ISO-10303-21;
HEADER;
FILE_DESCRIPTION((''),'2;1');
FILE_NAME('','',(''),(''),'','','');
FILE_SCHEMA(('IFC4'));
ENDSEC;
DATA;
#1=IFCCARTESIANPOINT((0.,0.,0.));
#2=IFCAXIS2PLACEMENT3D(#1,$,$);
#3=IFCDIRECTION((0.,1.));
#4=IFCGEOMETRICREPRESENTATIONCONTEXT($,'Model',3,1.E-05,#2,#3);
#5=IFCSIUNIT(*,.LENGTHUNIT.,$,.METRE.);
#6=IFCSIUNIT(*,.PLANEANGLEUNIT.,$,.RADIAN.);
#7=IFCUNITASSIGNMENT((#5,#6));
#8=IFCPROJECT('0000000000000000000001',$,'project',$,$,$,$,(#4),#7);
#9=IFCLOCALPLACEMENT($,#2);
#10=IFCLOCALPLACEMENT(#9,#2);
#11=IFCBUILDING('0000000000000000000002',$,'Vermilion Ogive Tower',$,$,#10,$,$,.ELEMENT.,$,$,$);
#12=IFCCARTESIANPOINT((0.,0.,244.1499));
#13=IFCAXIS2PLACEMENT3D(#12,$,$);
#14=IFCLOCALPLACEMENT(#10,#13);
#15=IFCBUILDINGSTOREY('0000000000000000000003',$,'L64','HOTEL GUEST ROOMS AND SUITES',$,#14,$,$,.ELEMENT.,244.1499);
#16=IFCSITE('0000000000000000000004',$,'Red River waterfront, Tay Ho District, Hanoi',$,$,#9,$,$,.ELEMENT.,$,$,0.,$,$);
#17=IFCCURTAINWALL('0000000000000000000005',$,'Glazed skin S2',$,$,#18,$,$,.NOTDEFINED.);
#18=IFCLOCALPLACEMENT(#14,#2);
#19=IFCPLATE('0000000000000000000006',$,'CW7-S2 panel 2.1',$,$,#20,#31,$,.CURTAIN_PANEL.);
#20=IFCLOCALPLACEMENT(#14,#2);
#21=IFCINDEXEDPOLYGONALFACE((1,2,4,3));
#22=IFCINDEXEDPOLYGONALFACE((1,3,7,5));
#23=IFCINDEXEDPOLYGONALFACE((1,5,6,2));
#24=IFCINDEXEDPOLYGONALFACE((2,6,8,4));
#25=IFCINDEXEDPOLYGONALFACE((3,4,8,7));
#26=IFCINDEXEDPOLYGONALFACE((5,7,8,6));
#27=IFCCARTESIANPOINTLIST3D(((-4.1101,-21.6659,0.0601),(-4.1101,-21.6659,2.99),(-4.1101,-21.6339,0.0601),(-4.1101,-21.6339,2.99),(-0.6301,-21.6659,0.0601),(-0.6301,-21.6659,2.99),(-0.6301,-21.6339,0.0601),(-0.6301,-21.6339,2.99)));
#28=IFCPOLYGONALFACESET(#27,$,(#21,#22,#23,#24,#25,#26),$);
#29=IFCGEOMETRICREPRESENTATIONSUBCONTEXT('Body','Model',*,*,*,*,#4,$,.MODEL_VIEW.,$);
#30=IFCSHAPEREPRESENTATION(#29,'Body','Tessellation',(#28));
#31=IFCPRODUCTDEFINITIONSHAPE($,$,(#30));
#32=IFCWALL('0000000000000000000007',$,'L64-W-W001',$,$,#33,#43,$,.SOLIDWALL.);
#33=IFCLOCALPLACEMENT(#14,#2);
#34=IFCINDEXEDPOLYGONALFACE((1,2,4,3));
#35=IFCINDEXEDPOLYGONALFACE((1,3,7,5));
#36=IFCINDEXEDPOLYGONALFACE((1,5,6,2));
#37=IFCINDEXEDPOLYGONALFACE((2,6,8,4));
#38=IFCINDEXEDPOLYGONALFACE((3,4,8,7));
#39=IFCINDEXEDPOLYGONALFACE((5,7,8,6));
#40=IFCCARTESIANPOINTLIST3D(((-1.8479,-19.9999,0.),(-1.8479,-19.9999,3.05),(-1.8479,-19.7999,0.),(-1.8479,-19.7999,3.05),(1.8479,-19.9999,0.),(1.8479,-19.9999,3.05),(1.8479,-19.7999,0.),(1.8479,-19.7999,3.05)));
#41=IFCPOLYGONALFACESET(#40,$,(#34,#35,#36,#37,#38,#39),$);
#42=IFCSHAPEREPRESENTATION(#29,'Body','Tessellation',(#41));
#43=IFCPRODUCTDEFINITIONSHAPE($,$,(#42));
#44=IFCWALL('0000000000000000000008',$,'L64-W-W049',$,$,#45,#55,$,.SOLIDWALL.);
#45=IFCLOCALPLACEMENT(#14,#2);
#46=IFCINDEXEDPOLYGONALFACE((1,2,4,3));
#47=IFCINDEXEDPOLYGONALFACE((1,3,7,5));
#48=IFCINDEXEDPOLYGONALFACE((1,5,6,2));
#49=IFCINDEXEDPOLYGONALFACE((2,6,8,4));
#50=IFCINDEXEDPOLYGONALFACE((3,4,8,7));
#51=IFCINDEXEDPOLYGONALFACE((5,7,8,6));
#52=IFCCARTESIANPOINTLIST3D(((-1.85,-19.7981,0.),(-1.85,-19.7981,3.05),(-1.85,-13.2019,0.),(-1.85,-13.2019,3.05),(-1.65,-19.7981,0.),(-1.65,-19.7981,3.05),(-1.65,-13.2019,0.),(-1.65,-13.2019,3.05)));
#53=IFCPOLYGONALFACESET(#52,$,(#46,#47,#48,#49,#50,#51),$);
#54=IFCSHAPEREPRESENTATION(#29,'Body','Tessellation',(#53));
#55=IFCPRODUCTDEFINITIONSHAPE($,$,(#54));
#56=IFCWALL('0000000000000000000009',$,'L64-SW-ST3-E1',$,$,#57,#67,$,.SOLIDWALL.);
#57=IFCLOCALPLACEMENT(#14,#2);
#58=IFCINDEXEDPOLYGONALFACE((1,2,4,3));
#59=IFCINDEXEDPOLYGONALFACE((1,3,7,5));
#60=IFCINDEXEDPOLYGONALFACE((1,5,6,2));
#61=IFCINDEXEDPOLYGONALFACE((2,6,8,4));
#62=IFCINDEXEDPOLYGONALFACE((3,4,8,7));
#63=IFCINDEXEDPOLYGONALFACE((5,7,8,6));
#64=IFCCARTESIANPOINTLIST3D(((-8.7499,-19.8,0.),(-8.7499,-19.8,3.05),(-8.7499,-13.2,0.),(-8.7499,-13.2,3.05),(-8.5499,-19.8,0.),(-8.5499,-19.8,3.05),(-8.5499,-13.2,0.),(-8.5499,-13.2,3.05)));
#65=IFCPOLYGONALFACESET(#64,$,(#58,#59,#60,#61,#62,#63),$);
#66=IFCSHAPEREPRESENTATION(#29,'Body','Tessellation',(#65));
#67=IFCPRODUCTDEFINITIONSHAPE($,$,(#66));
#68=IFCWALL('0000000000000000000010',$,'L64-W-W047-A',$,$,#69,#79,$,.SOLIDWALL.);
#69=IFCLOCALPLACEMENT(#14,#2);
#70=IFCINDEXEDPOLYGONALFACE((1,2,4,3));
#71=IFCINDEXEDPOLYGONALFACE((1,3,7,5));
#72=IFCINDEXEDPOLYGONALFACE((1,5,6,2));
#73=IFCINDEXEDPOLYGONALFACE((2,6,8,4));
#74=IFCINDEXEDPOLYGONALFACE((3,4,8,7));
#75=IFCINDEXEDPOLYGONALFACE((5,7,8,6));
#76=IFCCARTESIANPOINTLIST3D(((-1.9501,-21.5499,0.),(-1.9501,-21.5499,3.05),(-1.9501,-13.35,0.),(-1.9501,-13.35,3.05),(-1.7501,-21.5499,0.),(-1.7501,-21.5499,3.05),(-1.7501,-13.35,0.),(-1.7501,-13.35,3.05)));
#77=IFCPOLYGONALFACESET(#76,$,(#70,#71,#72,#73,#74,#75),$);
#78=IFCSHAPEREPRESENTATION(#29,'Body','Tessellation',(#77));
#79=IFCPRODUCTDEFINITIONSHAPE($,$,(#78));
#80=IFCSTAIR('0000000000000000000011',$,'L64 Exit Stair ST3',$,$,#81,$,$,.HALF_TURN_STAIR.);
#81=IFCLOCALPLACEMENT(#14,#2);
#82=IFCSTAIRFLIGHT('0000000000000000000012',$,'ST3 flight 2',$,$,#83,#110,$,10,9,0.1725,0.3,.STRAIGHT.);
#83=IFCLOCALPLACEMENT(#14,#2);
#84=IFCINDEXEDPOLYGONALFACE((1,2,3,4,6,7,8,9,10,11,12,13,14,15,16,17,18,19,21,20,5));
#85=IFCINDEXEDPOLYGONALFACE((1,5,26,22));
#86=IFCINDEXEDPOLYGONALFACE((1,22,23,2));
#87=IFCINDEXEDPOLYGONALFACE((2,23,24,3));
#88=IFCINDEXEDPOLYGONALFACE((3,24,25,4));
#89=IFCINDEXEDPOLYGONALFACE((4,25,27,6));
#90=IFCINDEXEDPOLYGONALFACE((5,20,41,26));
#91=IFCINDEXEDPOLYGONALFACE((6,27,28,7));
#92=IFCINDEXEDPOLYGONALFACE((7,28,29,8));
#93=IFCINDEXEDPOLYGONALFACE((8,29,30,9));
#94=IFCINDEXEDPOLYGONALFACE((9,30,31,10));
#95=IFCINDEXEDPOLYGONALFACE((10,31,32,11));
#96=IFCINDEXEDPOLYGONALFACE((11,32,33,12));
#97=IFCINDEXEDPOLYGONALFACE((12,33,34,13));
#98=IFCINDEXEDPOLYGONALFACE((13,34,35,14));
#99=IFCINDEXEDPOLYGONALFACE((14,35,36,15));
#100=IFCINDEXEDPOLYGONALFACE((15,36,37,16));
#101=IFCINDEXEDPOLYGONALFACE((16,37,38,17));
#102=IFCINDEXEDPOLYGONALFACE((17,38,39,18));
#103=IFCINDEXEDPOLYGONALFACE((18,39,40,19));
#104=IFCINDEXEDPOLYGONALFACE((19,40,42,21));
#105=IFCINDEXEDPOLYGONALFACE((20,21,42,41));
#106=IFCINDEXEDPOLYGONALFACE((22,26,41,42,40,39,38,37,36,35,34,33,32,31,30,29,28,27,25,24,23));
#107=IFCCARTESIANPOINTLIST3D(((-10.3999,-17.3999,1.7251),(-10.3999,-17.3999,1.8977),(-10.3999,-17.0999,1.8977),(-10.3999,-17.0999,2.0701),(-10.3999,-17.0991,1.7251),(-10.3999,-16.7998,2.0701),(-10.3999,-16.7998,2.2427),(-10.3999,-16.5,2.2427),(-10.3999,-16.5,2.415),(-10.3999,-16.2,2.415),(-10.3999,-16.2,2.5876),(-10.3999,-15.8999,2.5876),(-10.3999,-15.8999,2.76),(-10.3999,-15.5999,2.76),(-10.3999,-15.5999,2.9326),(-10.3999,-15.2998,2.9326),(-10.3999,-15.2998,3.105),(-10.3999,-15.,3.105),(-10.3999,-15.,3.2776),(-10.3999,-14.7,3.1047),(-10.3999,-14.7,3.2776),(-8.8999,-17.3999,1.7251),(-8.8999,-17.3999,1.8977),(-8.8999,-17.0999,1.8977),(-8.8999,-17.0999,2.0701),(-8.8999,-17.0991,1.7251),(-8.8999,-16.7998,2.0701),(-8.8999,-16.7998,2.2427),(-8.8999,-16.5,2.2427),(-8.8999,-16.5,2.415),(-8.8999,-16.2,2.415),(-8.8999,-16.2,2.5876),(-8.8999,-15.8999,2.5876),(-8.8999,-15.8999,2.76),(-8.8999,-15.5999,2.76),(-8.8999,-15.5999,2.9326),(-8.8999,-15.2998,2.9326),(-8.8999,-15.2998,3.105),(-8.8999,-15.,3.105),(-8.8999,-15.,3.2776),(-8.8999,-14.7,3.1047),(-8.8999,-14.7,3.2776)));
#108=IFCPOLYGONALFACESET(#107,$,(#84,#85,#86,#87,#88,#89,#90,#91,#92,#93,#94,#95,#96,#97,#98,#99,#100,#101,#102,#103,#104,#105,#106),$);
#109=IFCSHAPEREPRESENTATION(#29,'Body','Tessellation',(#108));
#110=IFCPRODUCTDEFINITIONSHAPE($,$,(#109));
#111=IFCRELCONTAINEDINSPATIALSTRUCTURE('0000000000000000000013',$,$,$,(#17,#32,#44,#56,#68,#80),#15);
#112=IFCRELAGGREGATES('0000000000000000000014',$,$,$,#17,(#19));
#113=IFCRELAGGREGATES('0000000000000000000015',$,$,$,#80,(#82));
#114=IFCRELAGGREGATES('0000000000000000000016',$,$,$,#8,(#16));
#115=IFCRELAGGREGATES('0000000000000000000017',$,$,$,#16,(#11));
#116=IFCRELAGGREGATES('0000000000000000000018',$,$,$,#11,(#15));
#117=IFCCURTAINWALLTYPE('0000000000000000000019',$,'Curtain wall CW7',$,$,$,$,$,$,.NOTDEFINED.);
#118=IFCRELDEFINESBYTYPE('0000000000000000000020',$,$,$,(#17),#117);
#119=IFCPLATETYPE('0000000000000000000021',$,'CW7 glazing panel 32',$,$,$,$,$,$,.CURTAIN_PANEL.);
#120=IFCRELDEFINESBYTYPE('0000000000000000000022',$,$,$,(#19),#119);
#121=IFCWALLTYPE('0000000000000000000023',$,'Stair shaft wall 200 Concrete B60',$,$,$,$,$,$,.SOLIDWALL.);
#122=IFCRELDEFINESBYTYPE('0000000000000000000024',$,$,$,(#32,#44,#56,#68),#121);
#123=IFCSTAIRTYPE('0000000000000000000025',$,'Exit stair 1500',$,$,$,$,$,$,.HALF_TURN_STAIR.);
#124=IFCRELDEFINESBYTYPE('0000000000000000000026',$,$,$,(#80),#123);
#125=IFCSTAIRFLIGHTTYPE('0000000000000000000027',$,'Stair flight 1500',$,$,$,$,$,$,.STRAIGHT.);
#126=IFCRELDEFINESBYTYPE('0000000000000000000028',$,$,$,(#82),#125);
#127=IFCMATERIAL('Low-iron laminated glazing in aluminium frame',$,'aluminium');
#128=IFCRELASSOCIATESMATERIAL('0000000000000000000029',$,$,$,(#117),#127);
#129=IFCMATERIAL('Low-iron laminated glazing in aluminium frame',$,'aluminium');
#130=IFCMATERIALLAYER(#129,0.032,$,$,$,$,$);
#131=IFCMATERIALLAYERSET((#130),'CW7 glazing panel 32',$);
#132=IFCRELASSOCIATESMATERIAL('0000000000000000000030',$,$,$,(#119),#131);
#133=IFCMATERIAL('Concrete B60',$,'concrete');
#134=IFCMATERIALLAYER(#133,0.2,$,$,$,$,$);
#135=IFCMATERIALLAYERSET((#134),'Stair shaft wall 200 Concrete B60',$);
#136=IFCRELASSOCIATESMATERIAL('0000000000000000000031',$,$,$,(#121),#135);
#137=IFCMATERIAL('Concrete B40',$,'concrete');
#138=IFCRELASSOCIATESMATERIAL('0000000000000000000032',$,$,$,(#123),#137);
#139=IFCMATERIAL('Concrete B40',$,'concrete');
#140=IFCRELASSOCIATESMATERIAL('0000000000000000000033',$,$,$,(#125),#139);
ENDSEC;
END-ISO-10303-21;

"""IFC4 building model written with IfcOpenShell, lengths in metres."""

from ifc_helpers import new_model, si_unit, direction, frame, frame_2d, origin, origin_2d, place, context, subcontext, project, spatial, polyline, rectangle, outline, extrude, material, layer, layer_set, type_object, element, aggregate, save


model = new_model("IFC4")

# Units and contexts
model_context = context("Model", 3, precision=1e-05, world=origin(), true_north=direction((0.0, 1.0)))
body_context = subcontext(model_context, "Body", "Model", "MODEL_VIEW")
ifc_project = project(units=[si_unit("LENGTHUNIT", "METRE"), si_unit("PLANEANGLEUNIT", "RADIAN")], contexts=[model_context])

# Site, building, storey
site_placement = place(None, origin())
site = spatial("IfcSite", under=ifc_project, at=site_placement, Name="Red River waterfront, Tay Ho District, Hanoi", CompositionType="ELEMENT", RefElevation=0.0)
building_placement = place(site_placement, origin())
building = spatial("IfcBuilding", under=site, at=building_placement, Name="Vermilion Ogive Tower", CompositionType="ELEMENT")
storey_placement = place(building_placement, frame((0.0, 0.0, 244.1499)))
storey = spatial("IfcBuildingStorey", under=building, at=storey_placement, Name="L64", Description="HOTEL GUEST ROOMS AND SUITES", CompositionType="ELEMENT", Elevation=244.1499)

# Shared definitions
ifc_material_1 = material(Name="Low-iron laminated glazing in aluminium frame", Category="aluminium")
curtain_wall_type = type_object("IfcCurtainWallType", Name="Curtain wall CW7", PredefinedType="NOTDEFINED", material=ifc_material_1)

# Curtain wall
curtain_wall_1_placement = place(storey_placement, origin())
curtain_wall_1 = element("IfcCurtainWall", 1, at=curtain_wall_1_placement, inside=storey, type_object=curtain_wall_type, Name="Glazed skin S2", PredefinedType="NOTDEFINED")

# Plate
ifc_material_2 = material(Name="Low-iron laminated glazing in aluminium frame", Category="aluminium")
ifc_layer_1 = layer(ifc_material_2, 0.032)
ifc_layer_set_1 = layer_set([ifc_layer_1], Name="CW7 glazing panel 32")
plate_type = type_object("IfcPlateType", Name="CW7 glazing panel 32", PredefinedType="CURTAIN_PANEL", material=ifc_layer_set_1)
plate_1_placement = place(storey_placement, frame((-2.3701, -21.6499, 0.0601), z_axis=(0.0, 0.0, 1.0), x_axis=(1.0, 0.0, 0.0)))
plate_1 = element("IfcPlate", 2, at=plate_1_placement, type_object=plate_type, Name="CW7-S2 panel 2.1", PredefinedType="CURTAIN_PANEL", context=body_context, shape_type="SweptSolid", body=[
    extrude(rectangle(XDim=3.48, YDim=0.032, at=origin_2d()), origin(), (0.0, 0.0, 1.0), 2.9299),
])
aggregate(curtain_wall_1, [plate_1])

# Walls
ifc_material_3 = material(Name="Concrete B60", Category="concrete")
ifc_layer_2 = layer(ifc_material_3, 0.2)
ifc_layer_set_2 = layer_set([ifc_layer_2], Name="Stair shaft wall 200 Concrete B60")
wall_type = type_object("IfcWallType", Name="Stair shaft wall 200 Concrete B60", PredefinedType="SOLIDWALL", material=ifc_layer_set_2)
wall_1_placement = place(storey_placement, frame((-1.8479, -19.8999, 0.0), z_axis=(0.0, 0.0, 1.0), x_axis=(1.0, 0.0, 0.0)))
element("IfcWall", 3, at=wall_1_placement, inside=storey, type_object=wall_type, Name="L64-W-W001", PredefinedType="SOLIDWALL", context=body_context, shape_type="SweptSolid", body=[
    extrude(rectangle(XDim=3.6958, YDim=0.2, at=frame_2d((1.8479, 0.0))), origin(), (0.0, 0.0, 1.0), 3.05),
])
wall_2_placement = place(storey_placement, frame((-1.75, -19.7981, 0.0), z_axis=(0.0, 0.0, 1.0), x_axis=(0.0, 1.0, 0.0)))
element("IfcWall", 4, at=wall_2_placement, inside=storey, type_object=wall_type, Name="L64-W-W049", PredefinedType="SOLIDWALL", context=body_context, shape_type="SweptSolid", body=[
    extrude(rectangle(XDim=6.5962, YDim=0.2, at=frame_2d((3.2981, 0.0))), origin(), (0.0, 0.0, 1.0), 3.05),
])
wall_3_placement = place(storey_placement, frame((-8.6499, -19.8, 0.0), z_axis=(0.0, 0.0, 1.0), x_axis=(0.0, 1.0, 0.0)))
element("IfcWall", 5, at=wall_3_placement, inside=storey, type_object=wall_type, Name="L64-SW-ST3-E1", PredefinedType="SOLIDWALL", context=body_context, shape_type="SweptSolid", body=[
    extrude(rectangle(XDim=6.6001, YDim=0.2, at=frame_2d((3.3, 0.0))), origin(), (0.0, 0.0, 1.0), 3.05),
])
wall_4_placement = place(storey_placement, frame((-1.8501, -21.55, 0.0), z_axis=(0.0, 0.0, 1.0), x_axis=(0.0, 1.0, 0.0)))
element("IfcWall", 6, at=wall_4_placement, inside=storey, type_object=wall_type, Name="L64-W-W047-A", PredefinedType="SOLIDWALL", context=body_context, shape_type="SweptSolid", body=[
    extrude(rectangle(XDim=8.2, YDim=0.2, at=frame_2d((4.1001, 0.0))), origin(), (0.0, 0.0, 1.0), 3.05),
])

# Stair, stair flight
ifc_material_4 = material(Name="Concrete B40", Category="concrete")
stair_type = type_object("IfcStairType", Name="Exit stair 1500", PredefinedType="HALF_TURN_STAIR", material=ifc_material_4)
stair_placement = place(storey_placement, origin())
stair = element("IfcStair", 7, at=stair_placement, inside=storey, type_object=stair_type, Name="L64 Exit Stair ST3", PredefinedType="HALF_TURN_STAIR")
ifc_material_5 = material(Name="Concrete B40", Category="concrete")
stair_flight_type = type_object("IfcStairFlightType", Name="Stair flight 1500", PredefinedType="STRAIGHT", material=ifc_material_5)
stair_flight_placement = place(storey_placement, frame((-9.6499, -17.3999, 1.7251), z_axis=(0.0, 0.0, 1.0), x_axis=(0.0, 1.0, 0.0)))
stair_flight = element("IfcStairFlight", 8, at=stair_flight_placement, type_object=stair_flight_type, Name="ST3 flight 2", NumberOfRisers=10, NumberOfTreads=9, PredefinedType="STRAIGHT", RiserHeight=0.1725, TreadLength=0.3, context=body_context, shape_type="SweptSolid", body=[
    extrude(outline(polyline([(0.0, 0.0), (0.0, 0.1726), (0.3, 0.1726), (0.3, 0.345), (0.6001, 0.345), (0.6001, 0.5176), (0.8999, 0.5176), (0.8999, 0.6899), (1.2, 0.6899), (1.2, 0.8625), (1.5, 0.8625), (1.5, 1.0349), (1.8, 1.0349), (1.8, 1.2075), (2.1001, 1.2075), (2.1001, 1.3799), (2.3999, 1.3799), (2.3999, 1.5525), (2.7, 1.5525), (2.7, 1.7251), (2.7, 1.3796), (0.3008, 0.0), (0.0, 0.0)])), frame((0.0, 0.75, 0.0), z_axis=(0.0, -1.0, 0.0), x_axis=(1.0, 0.0, 0.0)), (0.0, 0.0, 1.0), 1.5),
])
aggregate(stair, [stair_flight])

save(model, "model.ifc")
